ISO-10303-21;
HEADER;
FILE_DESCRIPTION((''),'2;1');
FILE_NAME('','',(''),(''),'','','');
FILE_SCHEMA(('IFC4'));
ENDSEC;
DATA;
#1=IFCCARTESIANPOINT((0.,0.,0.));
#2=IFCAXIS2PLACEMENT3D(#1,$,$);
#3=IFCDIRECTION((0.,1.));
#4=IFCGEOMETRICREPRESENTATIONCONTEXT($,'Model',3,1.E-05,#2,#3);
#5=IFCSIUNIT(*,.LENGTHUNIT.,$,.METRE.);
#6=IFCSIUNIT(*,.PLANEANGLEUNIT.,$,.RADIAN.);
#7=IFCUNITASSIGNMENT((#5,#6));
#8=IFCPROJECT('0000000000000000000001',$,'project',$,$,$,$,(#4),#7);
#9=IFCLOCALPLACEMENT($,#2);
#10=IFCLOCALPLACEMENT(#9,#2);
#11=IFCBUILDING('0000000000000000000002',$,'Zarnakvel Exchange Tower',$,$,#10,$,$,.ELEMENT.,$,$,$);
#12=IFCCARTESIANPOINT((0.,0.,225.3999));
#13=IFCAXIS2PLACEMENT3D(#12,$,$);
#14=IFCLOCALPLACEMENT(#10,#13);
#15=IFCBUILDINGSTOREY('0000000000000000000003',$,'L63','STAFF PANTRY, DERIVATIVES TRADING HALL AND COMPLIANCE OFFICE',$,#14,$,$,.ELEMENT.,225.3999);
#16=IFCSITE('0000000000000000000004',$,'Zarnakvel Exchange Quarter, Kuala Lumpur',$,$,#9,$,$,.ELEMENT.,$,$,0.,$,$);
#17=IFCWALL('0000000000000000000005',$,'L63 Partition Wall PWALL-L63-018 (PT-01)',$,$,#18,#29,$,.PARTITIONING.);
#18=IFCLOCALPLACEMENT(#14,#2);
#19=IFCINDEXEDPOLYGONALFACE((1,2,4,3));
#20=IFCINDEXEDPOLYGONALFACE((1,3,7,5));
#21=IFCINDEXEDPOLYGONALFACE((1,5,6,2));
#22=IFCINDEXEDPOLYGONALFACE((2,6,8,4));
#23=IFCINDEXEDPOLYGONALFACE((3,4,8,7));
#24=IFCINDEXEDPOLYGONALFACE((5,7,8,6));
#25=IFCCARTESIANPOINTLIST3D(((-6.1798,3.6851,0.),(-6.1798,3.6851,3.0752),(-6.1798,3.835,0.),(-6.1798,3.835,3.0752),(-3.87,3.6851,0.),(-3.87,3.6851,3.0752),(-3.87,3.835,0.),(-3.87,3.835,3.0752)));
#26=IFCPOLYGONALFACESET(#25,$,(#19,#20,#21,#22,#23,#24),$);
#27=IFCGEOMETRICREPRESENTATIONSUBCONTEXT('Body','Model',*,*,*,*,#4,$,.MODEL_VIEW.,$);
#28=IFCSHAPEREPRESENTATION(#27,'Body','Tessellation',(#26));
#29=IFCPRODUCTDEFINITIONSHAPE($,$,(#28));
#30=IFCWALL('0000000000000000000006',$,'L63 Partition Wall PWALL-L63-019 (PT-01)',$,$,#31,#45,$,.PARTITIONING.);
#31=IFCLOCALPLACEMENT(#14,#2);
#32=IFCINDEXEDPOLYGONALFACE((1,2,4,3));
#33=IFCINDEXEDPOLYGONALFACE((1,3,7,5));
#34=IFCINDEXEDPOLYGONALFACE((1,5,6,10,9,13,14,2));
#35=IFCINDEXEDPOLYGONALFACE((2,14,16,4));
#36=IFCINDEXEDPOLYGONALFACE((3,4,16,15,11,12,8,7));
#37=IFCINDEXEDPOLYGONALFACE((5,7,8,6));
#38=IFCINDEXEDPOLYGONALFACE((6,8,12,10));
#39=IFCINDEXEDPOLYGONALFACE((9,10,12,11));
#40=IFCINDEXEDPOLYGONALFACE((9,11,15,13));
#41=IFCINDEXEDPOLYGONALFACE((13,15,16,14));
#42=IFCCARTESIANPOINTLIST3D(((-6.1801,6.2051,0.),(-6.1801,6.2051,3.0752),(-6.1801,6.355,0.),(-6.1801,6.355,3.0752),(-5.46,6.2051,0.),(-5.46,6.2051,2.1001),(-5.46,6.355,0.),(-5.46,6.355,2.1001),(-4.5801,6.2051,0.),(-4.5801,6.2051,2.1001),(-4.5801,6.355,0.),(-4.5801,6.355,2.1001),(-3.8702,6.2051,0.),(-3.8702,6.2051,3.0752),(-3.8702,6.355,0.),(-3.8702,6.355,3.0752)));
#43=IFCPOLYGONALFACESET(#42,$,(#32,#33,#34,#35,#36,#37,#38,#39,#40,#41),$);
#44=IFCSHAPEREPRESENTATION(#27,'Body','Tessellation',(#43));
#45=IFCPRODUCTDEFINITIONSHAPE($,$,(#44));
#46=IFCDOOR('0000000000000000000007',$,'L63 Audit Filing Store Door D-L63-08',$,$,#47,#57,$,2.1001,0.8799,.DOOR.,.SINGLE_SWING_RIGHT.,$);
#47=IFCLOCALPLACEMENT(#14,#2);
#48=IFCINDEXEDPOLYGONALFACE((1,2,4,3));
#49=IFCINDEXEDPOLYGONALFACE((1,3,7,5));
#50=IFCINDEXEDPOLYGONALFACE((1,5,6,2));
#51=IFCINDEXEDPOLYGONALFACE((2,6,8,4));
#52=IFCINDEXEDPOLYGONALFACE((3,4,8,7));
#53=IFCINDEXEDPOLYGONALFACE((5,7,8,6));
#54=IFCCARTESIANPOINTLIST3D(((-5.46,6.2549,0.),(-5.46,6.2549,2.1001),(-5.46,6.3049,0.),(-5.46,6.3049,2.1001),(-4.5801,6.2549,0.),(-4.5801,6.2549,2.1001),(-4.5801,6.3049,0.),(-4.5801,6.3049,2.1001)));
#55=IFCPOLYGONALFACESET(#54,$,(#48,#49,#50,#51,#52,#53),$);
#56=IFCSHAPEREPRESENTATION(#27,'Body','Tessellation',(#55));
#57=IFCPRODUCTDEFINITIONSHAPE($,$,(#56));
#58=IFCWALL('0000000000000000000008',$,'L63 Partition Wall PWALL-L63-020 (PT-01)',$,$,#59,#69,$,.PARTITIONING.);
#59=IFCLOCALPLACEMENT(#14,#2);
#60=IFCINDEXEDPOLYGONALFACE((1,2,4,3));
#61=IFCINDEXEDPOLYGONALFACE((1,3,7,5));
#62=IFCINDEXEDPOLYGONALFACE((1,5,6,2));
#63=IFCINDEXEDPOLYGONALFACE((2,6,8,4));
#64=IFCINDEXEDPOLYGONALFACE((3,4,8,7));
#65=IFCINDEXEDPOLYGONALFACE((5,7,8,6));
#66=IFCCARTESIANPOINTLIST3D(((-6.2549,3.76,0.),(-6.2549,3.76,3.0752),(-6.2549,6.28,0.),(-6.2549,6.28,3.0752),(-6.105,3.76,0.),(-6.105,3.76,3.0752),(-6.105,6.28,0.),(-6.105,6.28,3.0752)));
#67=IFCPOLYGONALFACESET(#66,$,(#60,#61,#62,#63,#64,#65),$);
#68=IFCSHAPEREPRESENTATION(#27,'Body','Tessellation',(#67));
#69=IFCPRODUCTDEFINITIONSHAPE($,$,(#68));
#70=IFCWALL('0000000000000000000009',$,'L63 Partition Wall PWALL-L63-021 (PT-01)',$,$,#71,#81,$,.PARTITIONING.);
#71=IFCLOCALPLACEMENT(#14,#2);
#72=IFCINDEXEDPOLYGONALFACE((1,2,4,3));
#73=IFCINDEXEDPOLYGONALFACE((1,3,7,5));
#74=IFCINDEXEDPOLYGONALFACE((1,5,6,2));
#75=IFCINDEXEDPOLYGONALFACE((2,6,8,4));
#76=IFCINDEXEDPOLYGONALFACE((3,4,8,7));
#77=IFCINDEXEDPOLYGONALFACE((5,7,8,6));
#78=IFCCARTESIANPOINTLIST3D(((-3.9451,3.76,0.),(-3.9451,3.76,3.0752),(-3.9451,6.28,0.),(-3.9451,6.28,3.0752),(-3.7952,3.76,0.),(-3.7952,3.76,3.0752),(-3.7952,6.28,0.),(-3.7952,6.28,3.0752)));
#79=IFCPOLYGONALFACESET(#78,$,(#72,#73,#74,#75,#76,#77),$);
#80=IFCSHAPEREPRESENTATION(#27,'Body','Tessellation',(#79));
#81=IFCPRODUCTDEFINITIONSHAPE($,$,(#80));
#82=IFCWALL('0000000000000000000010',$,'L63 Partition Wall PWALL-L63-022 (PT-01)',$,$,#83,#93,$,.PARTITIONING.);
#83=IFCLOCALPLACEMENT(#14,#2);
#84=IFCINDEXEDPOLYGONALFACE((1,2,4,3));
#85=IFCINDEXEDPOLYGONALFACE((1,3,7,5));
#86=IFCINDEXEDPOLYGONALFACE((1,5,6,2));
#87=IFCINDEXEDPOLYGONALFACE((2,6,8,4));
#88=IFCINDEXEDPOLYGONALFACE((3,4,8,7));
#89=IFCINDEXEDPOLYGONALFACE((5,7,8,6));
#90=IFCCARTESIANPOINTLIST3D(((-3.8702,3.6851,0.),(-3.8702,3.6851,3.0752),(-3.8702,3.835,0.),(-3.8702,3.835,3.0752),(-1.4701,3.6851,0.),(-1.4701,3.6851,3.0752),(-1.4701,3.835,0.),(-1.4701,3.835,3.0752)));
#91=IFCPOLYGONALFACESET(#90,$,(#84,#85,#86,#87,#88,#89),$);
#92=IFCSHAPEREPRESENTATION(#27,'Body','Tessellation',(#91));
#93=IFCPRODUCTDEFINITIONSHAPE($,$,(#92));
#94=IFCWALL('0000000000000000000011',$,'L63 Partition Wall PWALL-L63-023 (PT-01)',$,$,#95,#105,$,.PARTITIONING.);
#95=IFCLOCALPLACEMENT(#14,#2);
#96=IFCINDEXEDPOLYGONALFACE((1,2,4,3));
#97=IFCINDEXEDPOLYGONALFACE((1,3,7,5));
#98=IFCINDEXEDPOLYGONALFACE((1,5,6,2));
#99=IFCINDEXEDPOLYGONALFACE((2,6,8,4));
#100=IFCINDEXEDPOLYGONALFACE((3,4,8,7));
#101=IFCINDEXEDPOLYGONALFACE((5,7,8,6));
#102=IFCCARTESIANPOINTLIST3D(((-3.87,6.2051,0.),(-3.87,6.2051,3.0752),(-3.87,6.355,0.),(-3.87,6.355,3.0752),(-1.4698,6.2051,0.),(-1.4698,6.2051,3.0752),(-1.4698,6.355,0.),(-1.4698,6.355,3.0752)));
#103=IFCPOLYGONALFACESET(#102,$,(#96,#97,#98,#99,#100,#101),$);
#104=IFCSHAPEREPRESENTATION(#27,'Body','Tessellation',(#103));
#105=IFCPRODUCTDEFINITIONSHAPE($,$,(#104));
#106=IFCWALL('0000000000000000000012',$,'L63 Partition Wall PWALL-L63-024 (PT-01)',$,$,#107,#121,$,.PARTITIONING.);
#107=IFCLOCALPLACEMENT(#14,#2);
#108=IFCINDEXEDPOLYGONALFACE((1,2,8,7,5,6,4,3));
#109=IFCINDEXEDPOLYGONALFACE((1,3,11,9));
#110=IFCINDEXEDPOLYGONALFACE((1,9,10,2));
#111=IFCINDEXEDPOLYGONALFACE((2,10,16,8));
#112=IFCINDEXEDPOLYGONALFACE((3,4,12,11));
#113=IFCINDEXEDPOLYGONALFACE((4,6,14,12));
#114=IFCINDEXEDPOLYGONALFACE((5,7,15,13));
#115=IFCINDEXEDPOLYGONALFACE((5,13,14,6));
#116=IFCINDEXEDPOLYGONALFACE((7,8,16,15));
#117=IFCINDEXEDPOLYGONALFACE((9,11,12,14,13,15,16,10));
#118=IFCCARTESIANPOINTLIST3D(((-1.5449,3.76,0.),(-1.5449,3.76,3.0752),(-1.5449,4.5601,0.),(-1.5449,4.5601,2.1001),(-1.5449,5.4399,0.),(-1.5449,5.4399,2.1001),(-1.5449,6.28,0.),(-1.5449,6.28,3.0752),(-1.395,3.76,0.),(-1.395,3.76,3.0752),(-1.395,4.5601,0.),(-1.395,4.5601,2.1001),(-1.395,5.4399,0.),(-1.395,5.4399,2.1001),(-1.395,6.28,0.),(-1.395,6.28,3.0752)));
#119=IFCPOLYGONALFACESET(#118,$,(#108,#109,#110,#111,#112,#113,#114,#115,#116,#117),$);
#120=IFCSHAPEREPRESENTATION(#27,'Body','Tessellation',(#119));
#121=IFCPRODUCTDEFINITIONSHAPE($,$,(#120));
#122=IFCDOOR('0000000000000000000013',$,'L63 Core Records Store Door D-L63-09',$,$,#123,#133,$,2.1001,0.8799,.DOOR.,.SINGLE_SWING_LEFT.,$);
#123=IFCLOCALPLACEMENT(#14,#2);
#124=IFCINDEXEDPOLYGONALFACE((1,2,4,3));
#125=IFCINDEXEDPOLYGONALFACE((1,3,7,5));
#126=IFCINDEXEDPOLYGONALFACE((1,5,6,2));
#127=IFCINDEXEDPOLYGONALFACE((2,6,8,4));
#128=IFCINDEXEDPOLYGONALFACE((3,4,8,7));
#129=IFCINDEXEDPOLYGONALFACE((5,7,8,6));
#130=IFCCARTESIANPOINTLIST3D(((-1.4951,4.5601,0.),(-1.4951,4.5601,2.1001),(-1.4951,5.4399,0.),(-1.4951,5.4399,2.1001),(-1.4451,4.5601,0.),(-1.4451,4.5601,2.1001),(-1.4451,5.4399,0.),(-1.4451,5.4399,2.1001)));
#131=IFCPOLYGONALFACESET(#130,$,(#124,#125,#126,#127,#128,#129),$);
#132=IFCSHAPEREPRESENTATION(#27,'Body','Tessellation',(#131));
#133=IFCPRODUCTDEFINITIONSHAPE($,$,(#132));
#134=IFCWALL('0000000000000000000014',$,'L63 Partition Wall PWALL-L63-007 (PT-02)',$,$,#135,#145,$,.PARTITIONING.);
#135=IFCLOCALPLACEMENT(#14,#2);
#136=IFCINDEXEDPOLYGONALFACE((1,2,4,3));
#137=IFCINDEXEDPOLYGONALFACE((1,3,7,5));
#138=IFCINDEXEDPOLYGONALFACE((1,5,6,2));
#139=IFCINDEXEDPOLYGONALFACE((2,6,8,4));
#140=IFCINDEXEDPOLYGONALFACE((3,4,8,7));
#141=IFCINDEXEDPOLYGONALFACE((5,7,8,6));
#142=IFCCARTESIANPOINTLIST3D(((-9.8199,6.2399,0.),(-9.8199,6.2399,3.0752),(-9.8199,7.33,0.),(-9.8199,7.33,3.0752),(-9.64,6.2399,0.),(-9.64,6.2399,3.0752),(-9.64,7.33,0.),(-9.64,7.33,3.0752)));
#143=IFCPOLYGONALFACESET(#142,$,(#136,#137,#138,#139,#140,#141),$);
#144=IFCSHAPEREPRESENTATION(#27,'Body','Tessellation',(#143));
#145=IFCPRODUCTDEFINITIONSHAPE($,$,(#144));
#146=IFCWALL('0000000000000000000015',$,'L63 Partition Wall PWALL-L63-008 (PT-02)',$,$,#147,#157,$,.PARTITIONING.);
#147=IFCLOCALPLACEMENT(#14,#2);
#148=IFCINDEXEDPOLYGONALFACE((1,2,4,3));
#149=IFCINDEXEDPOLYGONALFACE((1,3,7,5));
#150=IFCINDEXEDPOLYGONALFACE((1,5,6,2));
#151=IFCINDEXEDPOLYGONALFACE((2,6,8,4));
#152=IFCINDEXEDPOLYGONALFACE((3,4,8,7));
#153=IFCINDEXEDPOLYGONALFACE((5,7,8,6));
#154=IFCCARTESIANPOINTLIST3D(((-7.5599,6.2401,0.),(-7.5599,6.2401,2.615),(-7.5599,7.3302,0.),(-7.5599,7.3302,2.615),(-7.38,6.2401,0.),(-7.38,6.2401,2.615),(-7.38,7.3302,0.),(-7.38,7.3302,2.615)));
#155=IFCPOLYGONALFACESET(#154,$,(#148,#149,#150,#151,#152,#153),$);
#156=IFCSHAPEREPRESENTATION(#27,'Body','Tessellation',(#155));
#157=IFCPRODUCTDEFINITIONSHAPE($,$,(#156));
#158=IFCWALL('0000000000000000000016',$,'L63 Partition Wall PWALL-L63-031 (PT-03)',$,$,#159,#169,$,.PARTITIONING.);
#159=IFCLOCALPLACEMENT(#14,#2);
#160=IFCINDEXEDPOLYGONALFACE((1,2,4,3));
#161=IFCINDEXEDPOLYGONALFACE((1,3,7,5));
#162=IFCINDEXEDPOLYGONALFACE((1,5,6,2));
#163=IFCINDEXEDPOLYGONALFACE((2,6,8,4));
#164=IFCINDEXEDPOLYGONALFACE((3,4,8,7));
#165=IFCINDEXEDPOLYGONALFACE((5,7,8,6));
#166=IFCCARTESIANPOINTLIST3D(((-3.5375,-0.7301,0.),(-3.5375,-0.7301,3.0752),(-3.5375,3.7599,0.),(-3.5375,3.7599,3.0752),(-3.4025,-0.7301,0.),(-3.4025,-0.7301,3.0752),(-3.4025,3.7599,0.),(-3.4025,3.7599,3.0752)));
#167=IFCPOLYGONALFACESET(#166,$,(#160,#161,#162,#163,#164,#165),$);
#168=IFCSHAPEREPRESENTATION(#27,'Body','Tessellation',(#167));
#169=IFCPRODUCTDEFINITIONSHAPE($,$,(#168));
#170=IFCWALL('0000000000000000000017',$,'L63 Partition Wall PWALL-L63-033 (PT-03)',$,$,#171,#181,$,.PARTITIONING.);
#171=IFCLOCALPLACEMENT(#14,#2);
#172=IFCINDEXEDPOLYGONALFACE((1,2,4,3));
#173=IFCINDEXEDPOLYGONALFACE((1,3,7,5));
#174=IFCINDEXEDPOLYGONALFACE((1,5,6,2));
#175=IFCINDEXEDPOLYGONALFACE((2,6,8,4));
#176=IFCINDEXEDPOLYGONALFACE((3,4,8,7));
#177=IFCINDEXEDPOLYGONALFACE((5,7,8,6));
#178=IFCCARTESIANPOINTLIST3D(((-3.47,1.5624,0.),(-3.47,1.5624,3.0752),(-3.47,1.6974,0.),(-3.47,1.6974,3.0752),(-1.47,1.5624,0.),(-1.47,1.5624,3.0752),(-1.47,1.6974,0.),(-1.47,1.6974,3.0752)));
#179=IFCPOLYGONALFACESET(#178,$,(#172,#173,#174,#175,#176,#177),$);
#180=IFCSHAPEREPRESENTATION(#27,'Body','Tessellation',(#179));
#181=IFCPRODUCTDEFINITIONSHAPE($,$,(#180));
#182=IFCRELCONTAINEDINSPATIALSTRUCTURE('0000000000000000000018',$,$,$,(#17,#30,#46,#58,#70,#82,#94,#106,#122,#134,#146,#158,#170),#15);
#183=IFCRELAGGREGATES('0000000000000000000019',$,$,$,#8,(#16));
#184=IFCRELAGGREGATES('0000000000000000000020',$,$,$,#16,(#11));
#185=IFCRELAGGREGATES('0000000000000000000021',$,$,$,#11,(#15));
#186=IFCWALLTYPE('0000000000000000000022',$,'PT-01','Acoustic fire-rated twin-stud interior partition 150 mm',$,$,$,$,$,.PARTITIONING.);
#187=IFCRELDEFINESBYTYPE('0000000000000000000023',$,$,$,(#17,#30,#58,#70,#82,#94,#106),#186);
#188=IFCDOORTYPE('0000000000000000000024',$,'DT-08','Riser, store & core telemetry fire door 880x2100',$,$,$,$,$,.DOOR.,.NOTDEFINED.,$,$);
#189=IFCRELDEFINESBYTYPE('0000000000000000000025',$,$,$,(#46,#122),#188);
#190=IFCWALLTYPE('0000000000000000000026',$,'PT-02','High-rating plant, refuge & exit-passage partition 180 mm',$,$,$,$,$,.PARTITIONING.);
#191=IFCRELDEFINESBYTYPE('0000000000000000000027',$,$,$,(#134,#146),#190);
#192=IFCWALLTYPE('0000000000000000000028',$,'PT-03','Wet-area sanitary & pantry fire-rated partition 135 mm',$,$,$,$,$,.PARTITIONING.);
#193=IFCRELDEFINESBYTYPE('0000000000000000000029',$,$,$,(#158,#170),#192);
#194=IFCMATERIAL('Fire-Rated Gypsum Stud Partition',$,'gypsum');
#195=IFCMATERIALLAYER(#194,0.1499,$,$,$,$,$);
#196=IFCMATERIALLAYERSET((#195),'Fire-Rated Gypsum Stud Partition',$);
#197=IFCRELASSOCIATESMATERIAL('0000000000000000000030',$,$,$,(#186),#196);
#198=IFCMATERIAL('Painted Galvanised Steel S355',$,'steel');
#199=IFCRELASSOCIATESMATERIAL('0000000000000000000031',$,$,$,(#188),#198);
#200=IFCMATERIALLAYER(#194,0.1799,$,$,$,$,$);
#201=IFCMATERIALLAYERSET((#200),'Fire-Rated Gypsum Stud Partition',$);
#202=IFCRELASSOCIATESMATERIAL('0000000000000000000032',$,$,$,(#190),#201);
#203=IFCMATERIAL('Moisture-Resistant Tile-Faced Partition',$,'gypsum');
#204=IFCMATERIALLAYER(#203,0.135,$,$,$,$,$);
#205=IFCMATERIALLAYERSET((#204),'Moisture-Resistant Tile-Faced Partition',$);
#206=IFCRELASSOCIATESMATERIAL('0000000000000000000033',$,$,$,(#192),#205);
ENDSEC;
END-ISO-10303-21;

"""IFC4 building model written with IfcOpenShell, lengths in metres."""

from ifc_helpers import new_model, si_unit, direction, frame, frame_2d, origin, place, context, subcontext, project, spatial, rectangle, extrude, source, transform, mapped, material, layer, layer_set, type_object, element, fill, save


model = new_model("IFC4")

# Units and contexts
model_context = context("Model", 3, precision=1e-05, world=origin(), true_north=direction((0.0, 1.0)))
body_context = subcontext(model_context, "Body", "Model", "MODEL_VIEW")
ifc_project = project(units=[si_unit("LENGTHUNIT", "METRE"), si_unit("PLANEANGLEUNIT", "RADIAN")], contexts=[model_context])

# Site, building, storey
site_placement = place(None, origin())
site = spatial("IfcSite", under=ifc_project, at=site_placement, Name="Zarnakvel Exchange Quarter, Kuala Lumpur", CompositionType="ELEMENT", RefElevation=0.0)
building_placement = place(site_placement, origin())
building = spatial("IfcBuilding", under=site, at=building_placement, Name="Zarnakvel Exchange Tower", CompositionType="ELEMENT")
storey_placement = place(building_placement, frame((0.0, 0.0, 225.3999)))
storey = spatial("IfcBuildingStorey", under=building, at=storey_placement, Name="L63", Description="STAFF PANTRY, DERIVATIVES TRADING HALL AND COMPLIANCE OFFICE", CompositionType="ELEMENT", Elevation=225.3999)

# Wall
ifc_material_1 = material(Name="Fire-Rated Gypsum Stud Partition", Category="gypsum")
ifc_layer_1 = layer(ifc_material_1, 0.1499)
ifc_layer_set_1 = layer_set([ifc_layer_1], Name="Fire-Rated Gypsum Stud Partition")
wall_type_1 = type_object("IfcWallType", Name="PT-01", Description="Acoustic fire-rated twin-stud interior partition 150 mm", PredefinedType="PARTITIONING", material=ifc_layer_set_1)
wall_1_placement = place(storey_placement, frame((-3.8701, 3.76, 0.0), z_axis=(0.0, 0.0, 1.0), x_axis=(-1.0, 0.0, 0.0)))
element("IfcWall", 1, at=wall_1_placement, inside=storey, type_object=wall_type_1, Name="L63 Partition Wall PWALL-L63-018 (PT-01)", PredefinedType="PARTITIONING", context=body_context, shape_type="SweptSolid", body=[
    extrude(rectangle(XDim=2.3098, YDim=0.1499, at=frame_2d((1.1548, 0.0))), origin(), (0.0, 0.0, 1.0), 3.0752),
])

# Wall, opening, door
wall_2_placement = place(storey_placement, frame((-6.1799, 6.28, 0.0), z_axis=(0.0, 0.0, 1.0), x_axis=(1.0, 0.0, 0.0)))
wall_2 = element("IfcWall", 2, at=wall_2_placement, inside=storey, type_object=wall_type_1, Name="L63 Partition Wall PWALL-L63-019 (PT-01)", PredefinedType="PARTITIONING", context=body_context, shape_type="SweptSolid", body=[
    extrude(rectangle(XDim=2.3098, YDim=0.1499, at=frame_2d((1.1548, 0.0))), origin(), (0.0, 0.0, 1.0), 3.0752),
])
opening_1_placement = place(wall_2_placement, frame((0.72, 0.0, 0.0)))
opening_1 = element("IfcOpeningElement", 3, at=opening_1_placement, cuts=wall_2, PredefinedType="OPENING", context=body_context, shape_type="SweptSolid", body=[
    extrude(rectangle(XDim=0.8799, YDim=2.1001, at=frame_2d((0.4399, 1.05))), frame((0.0, 0.085, 0.0), z_axis=(0.0, -1.0, 0.0), x_axis=(1.0, 0.0, 0.0)), (0.0, 0.0, 1.0), 0.1699),
])
ifc_material_2 = material(Name="Painted Galvanised Steel S355", Category="steel")
door_type_1 = type_object("IfcDoorType", Name="DT-08", Description="Riser, store & core telemetry fire door 880x2100", OperationType="NOTDEFINED", PredefinedType="DOOR", material=ifc_material_2)
shared_shape_1 = source(origin(), body_context, "Body", "SweptSolid", [
    extrude(rectangle(XDim=0.8799, YDim=2.1001, at=frame_2d((0.4399, 1.05))), frame((0.0, 0.0249, 0.0), z_axis=(0.0, -1.0, 0.0), x_axis=(1.0, 0.0, 0.0)), (0.0, 0.0, 1.0), 0.05),
])
door_1_placement = place(opening_1_placement, origin())
door_1 = element("IfcDoor", 4, at=door_1_placement, inside=storey, type_object=door_type_1, Name="L63 Audit Filing Store Door D-L63-08", OperationType="SINGLE_SWING_RIGHT", OverallHeight=2.1001, OverallWidth=0.8799, PredefinedType="DOOR", context=body_context, shape_type="MappedRepresentation", body=[
    mapped(shared_shape_1, transform((0.0, 0.0, 0.0), x_axis=(1.0, 0.0, 0.0), y_axis=(0.0, 1.0, 0.0), z_axis=(0.0, 0.0, 1.0), scale=1.0)),
])
fill(opening_1, door_1)

# Walls
for number, where, z_axis, x_axis, name in (
    (5, (-6.1799, 3.76, 0.0), (0.0, 0.0, 1.0), (0.0, 1.0, 0.0), "L63 Partition Wall PWALL-L63-020 (PT-01)"),
    (6, (-3.8701, 6.28, 0.0), (0.0, 0.0, 1.0), (0.0, -1.0, 0.0), "L63 Partition Wall PWALL-L63-021 (PT-01)"),
):
    element("IfcWall", number, at=place(storey_placement, frame(where, z_axis=z_axis, x_axis=x_axis)), inside=storey, type_object=wall_type_1, Name=name, PredefinedType="PARTITIONING", context=body_context, shape_type="SweptSolid", body=[
        extrude(rectangle(XDim=2.52, YDim=0.1499, at=frame_2d((1.26, 0.0))), origin(), (0.0, 0.0, 1.0), 3.0752),
    ])
for number, where, z_axis, x_axis, name in (
    (7, (-1.47, 3.76, 0.0), (0.0, 0.0, 1.0), (-1.0, 0.0, 0.0), "L63 Partition Wall PWALL-L63-022 (PT-01)"),
    (8, (-3.8701, 6.28, 0.0), (0.0, 0.0, 1.0), (1.0, 0.0, 0.0), "L63 Partition Wall PWALL-L63-023 (PT-01)"),
):
    element("IfcWall", number, at=place(storey_placement, frame(where, z_axis=z_axis, x_axis=x_axis)), inside=storey, type_object=wall_type_1, Name=name, PredefinedType="PARTITIONING", context=body_context, shape_type="SweptSolid", body=[
        extrude(rectangle(XDim=2.4001, YDim=0.1499, at=frame_2d((1.2002, 0.0))), origin(), (0.0, 0.0, 1.0), 3.0752),
    ])

# Wall, opening, door
wall_3_placement = place(storey_placement, frame((-1.47, 6.28, 0.0), z_axis=(0.0, 0.0, 1.0), x_axis=(0.0, -1.0, 0.0)))
wall_3 = element("IfcWall", 9, at=wall_3_placement, inside=storey, type_object=wall_type_1, Name="L63 Partition Wall PWALL-L63-024 (PT-01)", PredefinedType="PARTITIONING", context=body_context, shape_type="SweptSolid", body=[
    extrude(rectangle(XDim=2.52, YDim=0.1499, at=frame_2d((1.26, 0.0))), origin(), (0.0, 0.0, 1.0), 3.0752),
])
opening_2_placement = place(wall_3_placement, frame((0.8401, 0.0, 0.0)))
opening_2 = element("IfcOpeningElement", 10, at=opening_2_placement, cuts=wall_3, PredefinedType="OPENING", context=body_context, shape_type="SweptSolid", body=[
    extrude(rectangle(XDim=0.8799, YDim=2.1001, at=frame_2d((0.4399, 1.05))), frame((0.0, 0.085, 0.0), z_axis=(0.0, -1.0, 0.0), x_axis=(1.0, 0.0, 0.0)), (0.0, 0.0, 1.0), 0.1699),
])
door_2_placement = place(opening_2_placement, origin())
door_2 = element("IfcDoor", 11, at=door_2_placement, inside=storey, type_object=door_type_1, Name="L63 Core Records Store Door D-L63-09", OperationType="SINGLE_SWING_LEFT", OverallHeight=2.1001, OverallWidth=0.8799, PredefinedType="DOOR", context=body_context, shape_type="MappedRepresentation", body=[
    mapped(shared_shape_1, transform((0.0, 0.0, 0.0), x_axis=(1.0, 0.0, 0.0), y_axis=(0.0, 1.0, 0.0), z_axis=(0.0, 0.0, 1.0), scale=1.0)),
])
fill(opening_2, door_2)

# Walls
ifc_layer_2 = layer(ifc_material_1, 0.1799)
ifc_layer_set_2 = layer_set([ifc_layer_2], Name="Fire-Rated Gypsum Stud Partition")
wall_type_2 = type_object("IfcWallType", Name="PT-02", Description="High-rating plant, refuge & exit-passage partition 180 mm", PredefinedType="PARTITIONING", material=ifc_layer_set_2)
wall_4_placement = place(storey_placement, frame((-9.73, 6.24, 0.0), z_axis=(0.0, 0.0, 1.0), x_axis=(0.0, 1.0, 0.0)))
element("IfcWall", 12, at=wall_4_placement, inside=storey, type_object=wall_type_2, Name="L63 Partition Wall PWALL-L63-007 (PT-02)", PredefinedType="PARTITIONING", context=body_context, shape_type="SweptSolid", body=[
    extrude(rectangle(XDim=1.0901, YDim=0.1799, at=frame_2d((0.5449, 0.0))), origin(), (0.0, 0.0, 1.0), 3.0752),
])
wall_5_placement = place(storey_placement, frame((-7.47, 7.3301, 0.0), z_axis=(0.0, 0.0, 1.0), x_axis=(0.0, -1.0, 0.0)))
element("IfcWall", 13, at=wall_5_placement, inside=storey, type_object=wall_type_2, Name="L63 Partition Wall PWALL-L63-008 (PT-02)", PredefinedType="PARTITIONING", context=body_context, shape_type="SweptSolid", body=[
    extrude(rectangle(XDim=1.0901, YDim=0.1799, at=frame_2d((0.5449, 0.0))), origin(), (0.0, 0.0, 1.0), 2.615),
])
ifc_material_3 = material(Name="Moisture-Resistant Tile-Faced Partition", Category="gypsum")
ifc_layer_3 = layer(ifc_material_3, 0.135)
ifc_layer_set_3 = layer_set([ifc_layer_3], Name="Moisture-Resistant Tile-Faced Partition")
wall_type_3 = type_object("IfcWallType", Name="PT-03", Description="Wet-area sanitary & pantry fire-rated partition 135 mm", PredefinedType="PARTITIONING", material=ifc_layer_set_3)
wall_6_placement = place(storey_placement, frame((-3.47, 3.76, 0.0), z_axis=(0.0, 0.0, 1.0), x_axis=(0.0, -1.0, 0.0)))
element("IfcWall", 14, at=wall_6_placement, inside=storey, type_object=wall_type_3, Name="L63 Partition Wall PWALL-L63-031 (PT-03)", PredefinedType="PARTITIONING", context=body_context, shape_type="SweptSolid", body=[
    extrude(rectangle(XDim=4.49, YDim=0.135, at=frame_2d((2.2451, 0.0))), origin(), (0.0, 0.0, 1.0), 3.0752),
])
wall_7_placement = place(storey_placement, frame((-3.47, 1.6299, 0.0), z_axis=(0.0, 0.0, 1.0), x_axis=(1.0, 0.0, 0.0)))
element("IfcWall", 15, at=wall_7_placement, inside=storey, type_object=wall_type_3, Name="L63 Partition Wall PWALL-L63-033 (PT-03)", PredefinedType="PARTITIONING", context=body_context, shape_type="SweptSolid", body=[
    extrude(rectangle(XDim=2.0, YDim=0.135, at=frame_2d((1.0, 0.0))), origin(), (0.0, 0.0, 1.0), 3.0752),
])

save(model, "model.ifc")
